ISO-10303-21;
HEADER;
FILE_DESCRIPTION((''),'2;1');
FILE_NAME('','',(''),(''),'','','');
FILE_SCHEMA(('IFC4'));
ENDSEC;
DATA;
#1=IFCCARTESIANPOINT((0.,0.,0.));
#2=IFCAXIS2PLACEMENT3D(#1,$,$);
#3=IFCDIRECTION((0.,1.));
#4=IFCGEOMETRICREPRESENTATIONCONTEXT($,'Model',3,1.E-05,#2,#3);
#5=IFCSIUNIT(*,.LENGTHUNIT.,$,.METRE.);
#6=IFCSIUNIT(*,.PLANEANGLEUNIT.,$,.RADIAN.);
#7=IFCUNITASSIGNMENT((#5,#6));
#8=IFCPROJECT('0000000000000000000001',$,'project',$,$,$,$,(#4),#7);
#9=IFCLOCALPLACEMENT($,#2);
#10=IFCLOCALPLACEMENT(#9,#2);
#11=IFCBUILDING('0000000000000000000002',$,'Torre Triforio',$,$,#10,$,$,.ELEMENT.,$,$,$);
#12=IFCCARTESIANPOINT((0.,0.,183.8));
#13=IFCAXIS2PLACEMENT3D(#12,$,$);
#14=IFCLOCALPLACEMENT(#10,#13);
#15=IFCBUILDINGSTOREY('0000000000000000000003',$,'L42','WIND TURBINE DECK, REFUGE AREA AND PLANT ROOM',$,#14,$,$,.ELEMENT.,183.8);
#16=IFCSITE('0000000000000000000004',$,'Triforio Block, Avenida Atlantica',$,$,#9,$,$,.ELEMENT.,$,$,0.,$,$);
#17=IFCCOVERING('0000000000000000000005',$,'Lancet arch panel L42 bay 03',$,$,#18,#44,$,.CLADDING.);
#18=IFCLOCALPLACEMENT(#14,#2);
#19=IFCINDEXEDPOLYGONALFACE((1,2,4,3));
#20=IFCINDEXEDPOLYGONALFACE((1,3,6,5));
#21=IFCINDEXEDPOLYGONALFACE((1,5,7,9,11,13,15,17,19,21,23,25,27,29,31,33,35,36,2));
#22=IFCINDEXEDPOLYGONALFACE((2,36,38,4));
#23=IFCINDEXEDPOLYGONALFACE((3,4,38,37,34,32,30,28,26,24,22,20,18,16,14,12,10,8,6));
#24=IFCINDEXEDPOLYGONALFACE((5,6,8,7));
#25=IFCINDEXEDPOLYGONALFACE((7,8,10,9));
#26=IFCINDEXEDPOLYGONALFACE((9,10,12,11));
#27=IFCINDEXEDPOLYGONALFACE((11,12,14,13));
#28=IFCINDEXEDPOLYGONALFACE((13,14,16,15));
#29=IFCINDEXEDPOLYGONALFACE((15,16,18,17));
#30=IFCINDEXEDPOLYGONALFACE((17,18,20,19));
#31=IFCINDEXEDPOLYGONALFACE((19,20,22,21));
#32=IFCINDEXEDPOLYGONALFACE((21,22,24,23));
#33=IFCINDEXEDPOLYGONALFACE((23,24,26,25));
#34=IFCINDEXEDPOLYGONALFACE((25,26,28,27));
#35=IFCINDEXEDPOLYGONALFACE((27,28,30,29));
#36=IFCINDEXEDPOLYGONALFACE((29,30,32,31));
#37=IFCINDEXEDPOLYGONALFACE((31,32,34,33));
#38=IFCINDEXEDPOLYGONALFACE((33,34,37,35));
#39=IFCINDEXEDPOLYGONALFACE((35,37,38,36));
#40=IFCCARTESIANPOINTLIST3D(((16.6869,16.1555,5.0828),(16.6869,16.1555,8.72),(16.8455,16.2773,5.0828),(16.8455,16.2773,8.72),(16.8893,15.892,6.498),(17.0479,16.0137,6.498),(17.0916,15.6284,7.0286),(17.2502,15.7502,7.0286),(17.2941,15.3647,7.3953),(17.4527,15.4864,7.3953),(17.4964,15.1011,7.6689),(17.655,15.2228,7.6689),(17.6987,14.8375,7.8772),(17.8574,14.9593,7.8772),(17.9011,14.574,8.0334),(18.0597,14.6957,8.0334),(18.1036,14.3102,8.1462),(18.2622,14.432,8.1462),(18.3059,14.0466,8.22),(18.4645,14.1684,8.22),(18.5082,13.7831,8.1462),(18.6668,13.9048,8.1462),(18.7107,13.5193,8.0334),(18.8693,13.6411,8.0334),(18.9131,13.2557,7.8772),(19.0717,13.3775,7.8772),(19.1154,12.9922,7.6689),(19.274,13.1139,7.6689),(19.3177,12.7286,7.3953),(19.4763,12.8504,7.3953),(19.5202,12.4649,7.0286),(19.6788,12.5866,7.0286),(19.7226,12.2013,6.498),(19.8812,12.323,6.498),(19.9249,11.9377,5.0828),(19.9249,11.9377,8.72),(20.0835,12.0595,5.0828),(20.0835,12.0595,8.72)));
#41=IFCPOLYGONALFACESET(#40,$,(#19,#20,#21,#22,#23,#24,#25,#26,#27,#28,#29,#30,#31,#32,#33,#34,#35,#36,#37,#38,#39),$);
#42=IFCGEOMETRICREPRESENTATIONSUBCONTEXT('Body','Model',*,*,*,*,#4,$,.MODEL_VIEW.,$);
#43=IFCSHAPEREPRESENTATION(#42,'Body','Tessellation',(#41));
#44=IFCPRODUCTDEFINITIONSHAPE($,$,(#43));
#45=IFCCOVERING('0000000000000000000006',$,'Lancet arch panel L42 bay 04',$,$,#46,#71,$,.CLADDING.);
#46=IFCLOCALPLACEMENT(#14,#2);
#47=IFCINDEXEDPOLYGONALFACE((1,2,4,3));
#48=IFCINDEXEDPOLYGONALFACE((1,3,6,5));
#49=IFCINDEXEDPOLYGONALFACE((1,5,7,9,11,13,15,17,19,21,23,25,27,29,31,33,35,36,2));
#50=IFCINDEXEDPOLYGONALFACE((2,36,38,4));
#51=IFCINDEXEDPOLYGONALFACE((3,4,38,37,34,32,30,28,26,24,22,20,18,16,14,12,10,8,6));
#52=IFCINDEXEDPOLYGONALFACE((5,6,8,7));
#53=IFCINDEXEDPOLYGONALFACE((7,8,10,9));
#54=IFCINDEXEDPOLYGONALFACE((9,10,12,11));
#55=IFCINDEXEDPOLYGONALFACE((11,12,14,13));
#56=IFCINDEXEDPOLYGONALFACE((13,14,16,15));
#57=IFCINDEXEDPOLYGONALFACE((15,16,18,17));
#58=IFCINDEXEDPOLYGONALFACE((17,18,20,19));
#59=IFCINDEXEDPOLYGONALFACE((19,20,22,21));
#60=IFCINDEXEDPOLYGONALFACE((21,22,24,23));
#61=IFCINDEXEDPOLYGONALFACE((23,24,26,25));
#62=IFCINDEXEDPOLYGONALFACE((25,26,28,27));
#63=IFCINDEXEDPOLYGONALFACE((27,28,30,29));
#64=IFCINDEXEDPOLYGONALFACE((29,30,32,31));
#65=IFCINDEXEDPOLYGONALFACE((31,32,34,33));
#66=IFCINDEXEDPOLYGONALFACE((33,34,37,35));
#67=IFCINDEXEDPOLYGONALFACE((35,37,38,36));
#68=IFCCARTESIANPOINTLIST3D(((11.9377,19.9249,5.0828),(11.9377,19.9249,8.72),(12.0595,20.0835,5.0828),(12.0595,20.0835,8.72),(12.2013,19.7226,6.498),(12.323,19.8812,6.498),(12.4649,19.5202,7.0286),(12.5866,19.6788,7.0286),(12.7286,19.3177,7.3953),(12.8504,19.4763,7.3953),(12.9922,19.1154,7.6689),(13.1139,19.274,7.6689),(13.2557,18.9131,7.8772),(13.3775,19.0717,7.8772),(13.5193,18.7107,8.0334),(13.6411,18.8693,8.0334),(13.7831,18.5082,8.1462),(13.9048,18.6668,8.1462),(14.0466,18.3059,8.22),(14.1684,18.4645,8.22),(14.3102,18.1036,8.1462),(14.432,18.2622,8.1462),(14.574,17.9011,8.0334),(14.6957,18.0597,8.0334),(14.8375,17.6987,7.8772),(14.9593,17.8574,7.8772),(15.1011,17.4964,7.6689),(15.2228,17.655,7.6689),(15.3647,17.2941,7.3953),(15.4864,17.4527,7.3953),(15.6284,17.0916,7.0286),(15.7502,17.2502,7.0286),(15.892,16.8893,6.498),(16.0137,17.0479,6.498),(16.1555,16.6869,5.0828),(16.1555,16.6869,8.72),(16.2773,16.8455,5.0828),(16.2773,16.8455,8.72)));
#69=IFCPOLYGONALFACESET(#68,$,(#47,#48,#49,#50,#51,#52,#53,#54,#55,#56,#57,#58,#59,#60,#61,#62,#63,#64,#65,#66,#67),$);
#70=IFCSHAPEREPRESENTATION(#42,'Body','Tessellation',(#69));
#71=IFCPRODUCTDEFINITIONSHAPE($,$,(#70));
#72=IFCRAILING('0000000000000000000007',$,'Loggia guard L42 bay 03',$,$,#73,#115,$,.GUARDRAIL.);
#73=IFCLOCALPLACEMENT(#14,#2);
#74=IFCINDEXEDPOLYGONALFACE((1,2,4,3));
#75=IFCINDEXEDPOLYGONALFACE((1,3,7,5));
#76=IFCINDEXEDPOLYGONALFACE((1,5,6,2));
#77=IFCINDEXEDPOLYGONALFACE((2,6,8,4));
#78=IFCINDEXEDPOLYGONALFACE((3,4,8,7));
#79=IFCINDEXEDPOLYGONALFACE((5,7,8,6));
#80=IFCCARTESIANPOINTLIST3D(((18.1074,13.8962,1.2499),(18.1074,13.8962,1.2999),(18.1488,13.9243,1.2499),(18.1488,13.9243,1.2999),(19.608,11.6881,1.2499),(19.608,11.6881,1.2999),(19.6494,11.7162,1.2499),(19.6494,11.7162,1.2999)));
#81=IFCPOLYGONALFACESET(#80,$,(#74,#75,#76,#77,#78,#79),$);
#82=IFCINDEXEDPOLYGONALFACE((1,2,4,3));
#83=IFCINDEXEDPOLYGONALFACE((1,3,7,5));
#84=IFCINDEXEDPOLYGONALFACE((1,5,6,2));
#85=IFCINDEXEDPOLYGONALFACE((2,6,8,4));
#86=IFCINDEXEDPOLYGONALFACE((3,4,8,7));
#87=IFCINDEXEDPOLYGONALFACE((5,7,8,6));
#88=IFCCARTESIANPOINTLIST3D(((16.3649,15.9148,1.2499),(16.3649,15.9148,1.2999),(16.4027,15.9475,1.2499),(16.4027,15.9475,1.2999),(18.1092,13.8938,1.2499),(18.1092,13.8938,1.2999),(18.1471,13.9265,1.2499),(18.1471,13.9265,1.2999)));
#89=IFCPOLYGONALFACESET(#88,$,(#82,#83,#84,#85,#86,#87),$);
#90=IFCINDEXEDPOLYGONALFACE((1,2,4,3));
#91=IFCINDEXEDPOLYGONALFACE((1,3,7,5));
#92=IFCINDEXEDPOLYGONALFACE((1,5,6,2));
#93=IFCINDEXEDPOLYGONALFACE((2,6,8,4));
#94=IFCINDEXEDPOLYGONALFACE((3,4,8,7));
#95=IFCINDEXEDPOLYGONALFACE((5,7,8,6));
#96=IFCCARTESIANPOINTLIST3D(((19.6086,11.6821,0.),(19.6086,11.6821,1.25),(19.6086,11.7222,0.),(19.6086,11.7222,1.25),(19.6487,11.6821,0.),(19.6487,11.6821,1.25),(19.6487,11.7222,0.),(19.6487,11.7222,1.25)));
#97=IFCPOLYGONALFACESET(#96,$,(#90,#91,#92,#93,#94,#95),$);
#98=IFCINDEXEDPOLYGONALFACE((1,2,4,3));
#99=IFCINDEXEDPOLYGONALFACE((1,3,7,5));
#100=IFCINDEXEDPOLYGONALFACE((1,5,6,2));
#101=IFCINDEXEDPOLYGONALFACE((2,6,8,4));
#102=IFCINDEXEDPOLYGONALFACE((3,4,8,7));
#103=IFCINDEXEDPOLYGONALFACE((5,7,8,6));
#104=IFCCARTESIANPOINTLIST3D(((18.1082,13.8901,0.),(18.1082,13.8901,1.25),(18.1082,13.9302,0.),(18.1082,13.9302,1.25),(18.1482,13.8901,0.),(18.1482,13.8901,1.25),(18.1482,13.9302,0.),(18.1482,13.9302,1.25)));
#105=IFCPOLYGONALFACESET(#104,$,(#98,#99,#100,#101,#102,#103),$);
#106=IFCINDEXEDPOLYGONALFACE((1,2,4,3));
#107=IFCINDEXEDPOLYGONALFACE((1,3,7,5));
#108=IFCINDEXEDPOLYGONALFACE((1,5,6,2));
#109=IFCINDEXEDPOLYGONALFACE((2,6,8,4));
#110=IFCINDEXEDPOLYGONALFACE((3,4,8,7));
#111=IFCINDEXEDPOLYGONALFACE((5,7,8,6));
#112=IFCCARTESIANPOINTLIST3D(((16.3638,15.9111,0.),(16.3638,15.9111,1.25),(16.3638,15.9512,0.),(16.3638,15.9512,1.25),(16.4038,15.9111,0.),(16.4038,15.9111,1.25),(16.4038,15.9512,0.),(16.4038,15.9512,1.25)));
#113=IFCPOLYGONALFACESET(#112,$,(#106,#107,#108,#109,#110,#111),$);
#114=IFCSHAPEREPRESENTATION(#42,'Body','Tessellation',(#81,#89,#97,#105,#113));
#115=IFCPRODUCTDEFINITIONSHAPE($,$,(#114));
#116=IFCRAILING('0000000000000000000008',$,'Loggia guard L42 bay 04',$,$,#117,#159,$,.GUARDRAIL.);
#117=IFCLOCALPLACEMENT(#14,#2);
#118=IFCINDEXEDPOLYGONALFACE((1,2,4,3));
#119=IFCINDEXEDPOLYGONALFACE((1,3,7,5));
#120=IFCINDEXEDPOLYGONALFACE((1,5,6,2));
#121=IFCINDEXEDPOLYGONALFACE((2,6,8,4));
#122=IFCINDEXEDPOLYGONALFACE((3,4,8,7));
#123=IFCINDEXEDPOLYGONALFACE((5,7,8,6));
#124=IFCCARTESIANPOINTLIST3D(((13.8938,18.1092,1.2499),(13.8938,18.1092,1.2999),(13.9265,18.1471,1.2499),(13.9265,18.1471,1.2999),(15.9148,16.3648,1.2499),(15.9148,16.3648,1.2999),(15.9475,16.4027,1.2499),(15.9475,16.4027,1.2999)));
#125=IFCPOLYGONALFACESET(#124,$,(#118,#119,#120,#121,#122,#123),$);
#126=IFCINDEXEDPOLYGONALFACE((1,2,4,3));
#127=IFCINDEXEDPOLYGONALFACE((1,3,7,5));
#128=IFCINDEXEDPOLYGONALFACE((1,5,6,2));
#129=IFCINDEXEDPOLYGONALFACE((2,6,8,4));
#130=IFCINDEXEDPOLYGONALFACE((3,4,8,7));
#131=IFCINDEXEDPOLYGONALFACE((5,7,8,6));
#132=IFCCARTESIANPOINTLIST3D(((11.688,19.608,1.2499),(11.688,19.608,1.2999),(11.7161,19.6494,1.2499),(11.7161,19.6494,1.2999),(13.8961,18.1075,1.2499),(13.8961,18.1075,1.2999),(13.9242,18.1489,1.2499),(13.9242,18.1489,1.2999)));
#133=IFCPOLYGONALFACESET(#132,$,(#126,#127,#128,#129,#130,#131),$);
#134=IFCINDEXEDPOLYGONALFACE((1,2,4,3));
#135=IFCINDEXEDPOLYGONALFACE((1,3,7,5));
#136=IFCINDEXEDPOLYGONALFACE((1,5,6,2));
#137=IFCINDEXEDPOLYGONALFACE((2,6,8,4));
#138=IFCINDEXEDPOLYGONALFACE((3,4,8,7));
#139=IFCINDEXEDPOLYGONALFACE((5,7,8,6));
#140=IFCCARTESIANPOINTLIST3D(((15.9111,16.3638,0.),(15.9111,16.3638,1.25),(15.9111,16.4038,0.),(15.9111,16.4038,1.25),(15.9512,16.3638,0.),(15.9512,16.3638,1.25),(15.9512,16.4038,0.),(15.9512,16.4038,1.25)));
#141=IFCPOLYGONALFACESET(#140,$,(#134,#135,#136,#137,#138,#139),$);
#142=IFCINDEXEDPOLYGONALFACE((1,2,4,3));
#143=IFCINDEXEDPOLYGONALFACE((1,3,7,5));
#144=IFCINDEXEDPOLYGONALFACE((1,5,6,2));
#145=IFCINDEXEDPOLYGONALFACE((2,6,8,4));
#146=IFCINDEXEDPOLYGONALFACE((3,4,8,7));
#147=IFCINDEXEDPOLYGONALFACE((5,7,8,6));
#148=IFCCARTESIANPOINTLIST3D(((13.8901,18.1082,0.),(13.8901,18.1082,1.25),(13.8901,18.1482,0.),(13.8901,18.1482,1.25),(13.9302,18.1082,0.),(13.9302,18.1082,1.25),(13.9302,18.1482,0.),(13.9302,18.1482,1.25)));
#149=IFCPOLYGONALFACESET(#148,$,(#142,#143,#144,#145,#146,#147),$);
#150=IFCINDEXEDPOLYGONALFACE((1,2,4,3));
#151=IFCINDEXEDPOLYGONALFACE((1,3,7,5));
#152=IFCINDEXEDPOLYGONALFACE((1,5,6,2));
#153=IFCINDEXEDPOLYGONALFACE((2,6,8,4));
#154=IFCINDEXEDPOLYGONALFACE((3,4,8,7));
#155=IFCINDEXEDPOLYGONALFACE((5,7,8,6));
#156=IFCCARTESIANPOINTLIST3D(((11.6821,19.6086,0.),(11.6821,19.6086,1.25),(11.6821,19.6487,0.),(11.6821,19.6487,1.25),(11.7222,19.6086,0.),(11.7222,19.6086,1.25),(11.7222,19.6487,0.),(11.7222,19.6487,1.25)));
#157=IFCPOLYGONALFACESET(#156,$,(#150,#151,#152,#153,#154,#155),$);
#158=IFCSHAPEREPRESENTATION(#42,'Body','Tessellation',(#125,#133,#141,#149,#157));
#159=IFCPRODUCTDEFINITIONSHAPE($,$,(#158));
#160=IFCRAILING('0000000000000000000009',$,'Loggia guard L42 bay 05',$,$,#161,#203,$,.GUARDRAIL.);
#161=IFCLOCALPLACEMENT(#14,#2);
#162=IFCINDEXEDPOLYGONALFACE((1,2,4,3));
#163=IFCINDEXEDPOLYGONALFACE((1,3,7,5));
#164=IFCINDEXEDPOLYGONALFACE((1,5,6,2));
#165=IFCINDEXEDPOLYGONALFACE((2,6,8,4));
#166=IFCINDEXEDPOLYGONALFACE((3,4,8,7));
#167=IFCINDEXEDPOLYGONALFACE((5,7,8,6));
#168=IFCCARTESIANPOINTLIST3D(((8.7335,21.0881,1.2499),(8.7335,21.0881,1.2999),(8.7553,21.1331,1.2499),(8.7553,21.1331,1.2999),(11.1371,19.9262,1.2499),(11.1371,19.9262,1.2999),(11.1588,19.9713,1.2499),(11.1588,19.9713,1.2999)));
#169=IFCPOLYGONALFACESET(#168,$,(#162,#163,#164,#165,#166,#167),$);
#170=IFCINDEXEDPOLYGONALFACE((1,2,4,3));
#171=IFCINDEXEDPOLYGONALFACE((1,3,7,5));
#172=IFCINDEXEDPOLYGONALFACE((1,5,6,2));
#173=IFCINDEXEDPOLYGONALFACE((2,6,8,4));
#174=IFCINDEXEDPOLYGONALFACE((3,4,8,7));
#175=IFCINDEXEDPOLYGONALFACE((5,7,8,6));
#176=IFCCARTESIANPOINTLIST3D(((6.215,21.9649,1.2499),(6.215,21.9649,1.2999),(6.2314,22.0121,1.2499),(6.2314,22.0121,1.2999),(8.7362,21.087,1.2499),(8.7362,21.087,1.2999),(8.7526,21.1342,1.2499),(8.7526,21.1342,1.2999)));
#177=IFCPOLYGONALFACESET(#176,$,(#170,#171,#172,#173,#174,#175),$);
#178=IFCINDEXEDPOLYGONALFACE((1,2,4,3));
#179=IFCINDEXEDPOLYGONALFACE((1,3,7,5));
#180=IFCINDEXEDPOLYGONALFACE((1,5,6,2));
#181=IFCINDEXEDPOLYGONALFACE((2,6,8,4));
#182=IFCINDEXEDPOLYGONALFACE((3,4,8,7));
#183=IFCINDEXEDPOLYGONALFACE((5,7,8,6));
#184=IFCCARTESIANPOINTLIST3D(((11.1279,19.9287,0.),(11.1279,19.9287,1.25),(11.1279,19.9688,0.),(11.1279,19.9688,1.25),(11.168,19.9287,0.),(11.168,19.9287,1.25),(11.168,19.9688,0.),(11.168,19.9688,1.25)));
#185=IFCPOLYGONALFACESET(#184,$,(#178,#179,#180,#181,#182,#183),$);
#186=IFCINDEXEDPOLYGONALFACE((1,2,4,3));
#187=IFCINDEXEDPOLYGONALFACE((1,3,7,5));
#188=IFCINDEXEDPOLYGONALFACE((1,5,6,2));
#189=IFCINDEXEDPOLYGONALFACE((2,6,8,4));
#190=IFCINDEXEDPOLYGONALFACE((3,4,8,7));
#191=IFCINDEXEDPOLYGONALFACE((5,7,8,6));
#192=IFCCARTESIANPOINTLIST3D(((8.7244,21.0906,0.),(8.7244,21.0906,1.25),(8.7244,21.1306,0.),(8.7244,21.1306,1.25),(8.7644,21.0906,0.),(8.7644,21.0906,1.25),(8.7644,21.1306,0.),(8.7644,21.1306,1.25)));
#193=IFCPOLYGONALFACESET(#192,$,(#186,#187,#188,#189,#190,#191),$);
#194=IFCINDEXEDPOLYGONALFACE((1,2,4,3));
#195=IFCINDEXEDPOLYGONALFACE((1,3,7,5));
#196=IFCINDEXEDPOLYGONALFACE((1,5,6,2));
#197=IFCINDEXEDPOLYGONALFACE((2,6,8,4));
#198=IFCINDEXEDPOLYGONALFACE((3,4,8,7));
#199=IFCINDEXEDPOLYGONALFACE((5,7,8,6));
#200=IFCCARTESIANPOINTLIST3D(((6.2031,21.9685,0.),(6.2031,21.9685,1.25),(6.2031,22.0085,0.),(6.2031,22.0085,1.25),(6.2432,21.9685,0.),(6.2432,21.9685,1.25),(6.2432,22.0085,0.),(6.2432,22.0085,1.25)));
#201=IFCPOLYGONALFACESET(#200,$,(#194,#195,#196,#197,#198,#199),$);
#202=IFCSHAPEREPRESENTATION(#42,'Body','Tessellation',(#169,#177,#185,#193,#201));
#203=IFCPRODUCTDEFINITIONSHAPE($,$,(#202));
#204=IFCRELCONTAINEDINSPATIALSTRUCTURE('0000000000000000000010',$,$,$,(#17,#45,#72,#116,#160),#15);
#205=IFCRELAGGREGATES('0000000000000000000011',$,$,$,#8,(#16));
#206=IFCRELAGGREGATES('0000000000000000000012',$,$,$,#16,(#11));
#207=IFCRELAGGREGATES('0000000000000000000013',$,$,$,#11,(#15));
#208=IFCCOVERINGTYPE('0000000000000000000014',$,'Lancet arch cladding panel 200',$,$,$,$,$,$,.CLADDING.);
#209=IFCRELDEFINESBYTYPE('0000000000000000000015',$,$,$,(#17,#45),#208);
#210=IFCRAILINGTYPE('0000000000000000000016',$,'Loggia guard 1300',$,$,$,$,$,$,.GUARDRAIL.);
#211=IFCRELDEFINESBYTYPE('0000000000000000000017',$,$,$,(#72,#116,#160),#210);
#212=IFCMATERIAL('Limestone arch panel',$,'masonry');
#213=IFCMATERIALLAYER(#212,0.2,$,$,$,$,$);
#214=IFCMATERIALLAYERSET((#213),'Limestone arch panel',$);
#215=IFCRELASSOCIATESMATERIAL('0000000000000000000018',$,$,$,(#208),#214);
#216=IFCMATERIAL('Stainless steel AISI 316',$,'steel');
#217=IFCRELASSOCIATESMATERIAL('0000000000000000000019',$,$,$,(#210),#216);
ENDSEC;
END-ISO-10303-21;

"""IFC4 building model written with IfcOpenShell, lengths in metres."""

from ifc_helpers import new_model, si_unit, direction, frame, origin, origin_2d, place, context, subcontext, project, spatial, polyline, rectangle, outline, extrude, material, layer, layer_set, type_object, element, save


model = new_model("IFC4")

# Units and contexts
model_context = context("Model", 3, precision=1e-05, world=origin(), true_north=direction((0.0, 1.0)))
body_context = subcontext(model_context, "Body", "Model", "MODEL_VIEW")
ifc_project = project(units=[si_unit("LENGTHUNIT", "METRE"), si_unit("PLANEANGLEUNIT", "RADIAN")], contexts=[model_context])

# Site, building, storey
site_placement = place(None, origin())
site = spatial("IfcSite", under=ifc_project, at=site_placement, Name="Triforio Block, Avenida Atlantica", CompositionType="ELEMENT", RefElevation=0.0)
building_placement = place(site_placement, origin())
building = spatial("IfcBuilding", under=site, at=building_placement, Name="Torre Triforio", CompositionType="ELEMENT")
storey_placement = place(building_placement, frame((0.0, 0.0, 183.8)))
storey = spatial("IfcBuildingStorey", under=building, at=storey_placement, Name="L42", Description="WIND TURBINE DECK, REFUGE AREA AND PLANT ROOM", CompositionType="ELEMENT", Elevation=183.8)

# Coverings
ifc_material_1 = material(Name="Limestone arch panel", Category="masonry")
ifc_layer_1 = layer(ifc_material_1, 0.2)
ifc_layer_set_1 = layer_set([ifc_layer_1], Name="Limestone arch panel")
covering_type_1 = type_object("IfcCoveringType", Name="Lancet arch cladding panel 200", PredefinedType="CLADDING", material=ifc_layer_set_1)
for number, where, z_axis, x_axis, name in (
    (1, (18.3059, 14.0466, 0.0), (0.793213, 0.608944, 0.0), (-0.608944, 0.793213, 0.0), "Lancet arch panel L42 bay 03"),
    (2, (14.0466, 18.3059, 0.0), (0.608944, 0.793213, 0.0), (-0.793213, 0.608944, 0.0), "Lancet arch panel L42 bay 04"),
):
    element("IfcCovering", number, at=place(storey_placement, frame(where, z_axis=z_axis, x_axis=x_axis)), inside=storey, type_object=covering_type_1, Name=name, PredefinedType="CLADDING", context=body_context, shape_type="SweptSolid", body=[
        extrude(outline(polyline([(-2.6587, 8.72), (-2.6587, 5.0828), (-2.3264, 6.498), (-1.9941, 7.0286), (-1.6616, 7.3953), (-1.3293, 7.6689), (-0.9971, 7.8772), (-0.6648, 8.0334), (-0.3323, 8.1462), (0.0, 8.22), (0.3323, 8.1462), (0.6648, 8.0334), (0.9971, 7.8772), (1.3293, 7.6689), (1.6616, 7.3953), (1.9941, 7.0286), (2.3264, 6.498), (2.6587, 5.0828), (2.6587, 8.72), (-2.6587, 8.72)])), origin(), (0.0, 0.0, 1.0), 0.2),
    ])

# Railings
ifc_material_2 = material(Name="Stainless steel AISI 316", Category="steel")
railing_type = type_object("IfcRailingType", Name="Loggia guard 1300", PredefinedType="GUARDRAIL", material=ifc_material_2)
railing_1_placement = place(storey_placement, frame((19.6287, 11.7021, 0.0)))
element("IfcRailing", 3, at=railing_1_placement, inside=storey, type_object=railing_type, Name="Loggia guard L42 bay 03", PredefinedType="GUARDRAIL", context=body_context, shape_type="SweptSolid", body=[
    extrude(rectangle(XDim=0.05, YDim=0.05, at=origin_2d()), frame((0.0, 0.0, 1.2749), z_axis=(-0.562065, 0.827093, 0.0), x_axis=(-0.827093, -0.562065, 0.0)), (0.0, 0.0, 1.0), 2.6697),
    extrude(rectangle(XDim=0.05, YDim=0.05, at=origin_2d()), frame((-1.5005, 2.208, 1.2749), z_axis=(-0.653401, 0.757012, 0.0), x_axis=(-0.757012, -0.653401, 0.0)), (0.0, 0.0, 1.0), 2.6697),
    extrude(rectangle(XDim=0.04, YDim=0.04, at=origin_2d()), origin(), (0.0, 0.0, 1.0), 1.25),
    extrude(rectangle(XDim=0.04, YDim=0.04, at=origin_2d()), frame((-1.5005, 2.208, 0.0)), (0.0, 0.0, 1.0), 1.25),
    extrude(rectangle(XDim=0.04, YDim=0.04, at=origin_2d()), frame((-3.2449, 4.229, 0.0)), (0.0, 0.0, 1.0), 1.25),
])
railing_2_placement = place(storey_placement, frame((15.9312, 16.3838, 0.0)))
element("IfcRailing", 4, at=railing_2_placement, inside=storey, type_object=railing_type, Name="Loggia guard L42 bay 04", PredefinedType="GUARDRAIL", context=body_context, shape_type="SweptSolid", body=[
    extrude(rectangle(XDim=0.05, YDim=0.05, at=origin_2d()), frame((0.0, 0.0, 1.2749), z_axis=(-0.757012, 0.653401, 0.0), x_axis=(-0.653401, -0.757012, 0.0)), (0.0, 0.0, 1.0), 2.6697),
    extrude(rectangle(XDim=0.05, YDim=0.05, at=origin_2d()), frame((-2.021, 1.7444, 1.2749), z_axis=(-0.827093, 0.562065, 0.0), x_axis=(-0.562065, -0.827093, 0.0)), (0.0, 0.0, 1.0), 2.6697),
    extrude(rectangle(XDim=0.04, YDim=0.04, at=origin_2d()), origin(), (0.0, 0.0, 1.0), 1.25),
    extrude(rectangle(XDim=0.04, YDim=0.04, at=origin_2d()), frame((-2.021, 1.7444, 0.0)), (0.0, 0.0, 1.0), 1.25),
    extrude(rectangle(XDim=0.04, YDim=0.04, at=origin_2d()), frame((-4.229, 3.2449, 0.0)), (0.0, 0.0, 1.0), 1.25),
])
railing_3_placement = place(storey_placement, frame((11.1479, 19.9487, 0.0)))
element("IfcRailing", 5, at=railing_3_placement, inside=storey, type_object=railing_type, Name="Loggia guard L42 bay 05", PredefinedType="GUARDRAIL", context=body_context, shape_type="SweptSolid", body=[
    extrude(rectangle(XDim=0.05, YDim=0.05, at=origin_2d()), frame((0.0, 0.0, 1.2749), z_axis=(-0.900328, 0.435212, 0.0), x_axis=(-0.435212, -0.900328, 0.0)), (0.0, 0.0, 1.0), 2.6697),
    extrude(rectangle(XDim=0.05, YDim=0.05, at=origin_2d()), frame((-2.4036, 1.1619, 1.2749), z_axis=(-0.944383, 0.328847, 0.0), x_axis=(-0.328847, -0.944383, 0.0)), (0.0, 0.0, 1.0), 2.6697),
    extrude(rectangle(XDim=0.04, YDim=0.04, at=origin_2d()), origin(), (0.0, 0.0, 1.0), 1.25),
    extrude(rectangle(XDim=0.04, YDim=0.04, at=origin_2d()), frame((-2.4036, 1.1619, 0.0)), (0.0, 0.0, 1.0), 1.25),
    extrude(rectangle(XDim=0.04, YDim=0.04, at=origin_2d()), frame((-4.9248, 2.0398, 0.0)), (0.0, 0.0, 1.0), 1.25),
])

save(model, "model.ifc")
